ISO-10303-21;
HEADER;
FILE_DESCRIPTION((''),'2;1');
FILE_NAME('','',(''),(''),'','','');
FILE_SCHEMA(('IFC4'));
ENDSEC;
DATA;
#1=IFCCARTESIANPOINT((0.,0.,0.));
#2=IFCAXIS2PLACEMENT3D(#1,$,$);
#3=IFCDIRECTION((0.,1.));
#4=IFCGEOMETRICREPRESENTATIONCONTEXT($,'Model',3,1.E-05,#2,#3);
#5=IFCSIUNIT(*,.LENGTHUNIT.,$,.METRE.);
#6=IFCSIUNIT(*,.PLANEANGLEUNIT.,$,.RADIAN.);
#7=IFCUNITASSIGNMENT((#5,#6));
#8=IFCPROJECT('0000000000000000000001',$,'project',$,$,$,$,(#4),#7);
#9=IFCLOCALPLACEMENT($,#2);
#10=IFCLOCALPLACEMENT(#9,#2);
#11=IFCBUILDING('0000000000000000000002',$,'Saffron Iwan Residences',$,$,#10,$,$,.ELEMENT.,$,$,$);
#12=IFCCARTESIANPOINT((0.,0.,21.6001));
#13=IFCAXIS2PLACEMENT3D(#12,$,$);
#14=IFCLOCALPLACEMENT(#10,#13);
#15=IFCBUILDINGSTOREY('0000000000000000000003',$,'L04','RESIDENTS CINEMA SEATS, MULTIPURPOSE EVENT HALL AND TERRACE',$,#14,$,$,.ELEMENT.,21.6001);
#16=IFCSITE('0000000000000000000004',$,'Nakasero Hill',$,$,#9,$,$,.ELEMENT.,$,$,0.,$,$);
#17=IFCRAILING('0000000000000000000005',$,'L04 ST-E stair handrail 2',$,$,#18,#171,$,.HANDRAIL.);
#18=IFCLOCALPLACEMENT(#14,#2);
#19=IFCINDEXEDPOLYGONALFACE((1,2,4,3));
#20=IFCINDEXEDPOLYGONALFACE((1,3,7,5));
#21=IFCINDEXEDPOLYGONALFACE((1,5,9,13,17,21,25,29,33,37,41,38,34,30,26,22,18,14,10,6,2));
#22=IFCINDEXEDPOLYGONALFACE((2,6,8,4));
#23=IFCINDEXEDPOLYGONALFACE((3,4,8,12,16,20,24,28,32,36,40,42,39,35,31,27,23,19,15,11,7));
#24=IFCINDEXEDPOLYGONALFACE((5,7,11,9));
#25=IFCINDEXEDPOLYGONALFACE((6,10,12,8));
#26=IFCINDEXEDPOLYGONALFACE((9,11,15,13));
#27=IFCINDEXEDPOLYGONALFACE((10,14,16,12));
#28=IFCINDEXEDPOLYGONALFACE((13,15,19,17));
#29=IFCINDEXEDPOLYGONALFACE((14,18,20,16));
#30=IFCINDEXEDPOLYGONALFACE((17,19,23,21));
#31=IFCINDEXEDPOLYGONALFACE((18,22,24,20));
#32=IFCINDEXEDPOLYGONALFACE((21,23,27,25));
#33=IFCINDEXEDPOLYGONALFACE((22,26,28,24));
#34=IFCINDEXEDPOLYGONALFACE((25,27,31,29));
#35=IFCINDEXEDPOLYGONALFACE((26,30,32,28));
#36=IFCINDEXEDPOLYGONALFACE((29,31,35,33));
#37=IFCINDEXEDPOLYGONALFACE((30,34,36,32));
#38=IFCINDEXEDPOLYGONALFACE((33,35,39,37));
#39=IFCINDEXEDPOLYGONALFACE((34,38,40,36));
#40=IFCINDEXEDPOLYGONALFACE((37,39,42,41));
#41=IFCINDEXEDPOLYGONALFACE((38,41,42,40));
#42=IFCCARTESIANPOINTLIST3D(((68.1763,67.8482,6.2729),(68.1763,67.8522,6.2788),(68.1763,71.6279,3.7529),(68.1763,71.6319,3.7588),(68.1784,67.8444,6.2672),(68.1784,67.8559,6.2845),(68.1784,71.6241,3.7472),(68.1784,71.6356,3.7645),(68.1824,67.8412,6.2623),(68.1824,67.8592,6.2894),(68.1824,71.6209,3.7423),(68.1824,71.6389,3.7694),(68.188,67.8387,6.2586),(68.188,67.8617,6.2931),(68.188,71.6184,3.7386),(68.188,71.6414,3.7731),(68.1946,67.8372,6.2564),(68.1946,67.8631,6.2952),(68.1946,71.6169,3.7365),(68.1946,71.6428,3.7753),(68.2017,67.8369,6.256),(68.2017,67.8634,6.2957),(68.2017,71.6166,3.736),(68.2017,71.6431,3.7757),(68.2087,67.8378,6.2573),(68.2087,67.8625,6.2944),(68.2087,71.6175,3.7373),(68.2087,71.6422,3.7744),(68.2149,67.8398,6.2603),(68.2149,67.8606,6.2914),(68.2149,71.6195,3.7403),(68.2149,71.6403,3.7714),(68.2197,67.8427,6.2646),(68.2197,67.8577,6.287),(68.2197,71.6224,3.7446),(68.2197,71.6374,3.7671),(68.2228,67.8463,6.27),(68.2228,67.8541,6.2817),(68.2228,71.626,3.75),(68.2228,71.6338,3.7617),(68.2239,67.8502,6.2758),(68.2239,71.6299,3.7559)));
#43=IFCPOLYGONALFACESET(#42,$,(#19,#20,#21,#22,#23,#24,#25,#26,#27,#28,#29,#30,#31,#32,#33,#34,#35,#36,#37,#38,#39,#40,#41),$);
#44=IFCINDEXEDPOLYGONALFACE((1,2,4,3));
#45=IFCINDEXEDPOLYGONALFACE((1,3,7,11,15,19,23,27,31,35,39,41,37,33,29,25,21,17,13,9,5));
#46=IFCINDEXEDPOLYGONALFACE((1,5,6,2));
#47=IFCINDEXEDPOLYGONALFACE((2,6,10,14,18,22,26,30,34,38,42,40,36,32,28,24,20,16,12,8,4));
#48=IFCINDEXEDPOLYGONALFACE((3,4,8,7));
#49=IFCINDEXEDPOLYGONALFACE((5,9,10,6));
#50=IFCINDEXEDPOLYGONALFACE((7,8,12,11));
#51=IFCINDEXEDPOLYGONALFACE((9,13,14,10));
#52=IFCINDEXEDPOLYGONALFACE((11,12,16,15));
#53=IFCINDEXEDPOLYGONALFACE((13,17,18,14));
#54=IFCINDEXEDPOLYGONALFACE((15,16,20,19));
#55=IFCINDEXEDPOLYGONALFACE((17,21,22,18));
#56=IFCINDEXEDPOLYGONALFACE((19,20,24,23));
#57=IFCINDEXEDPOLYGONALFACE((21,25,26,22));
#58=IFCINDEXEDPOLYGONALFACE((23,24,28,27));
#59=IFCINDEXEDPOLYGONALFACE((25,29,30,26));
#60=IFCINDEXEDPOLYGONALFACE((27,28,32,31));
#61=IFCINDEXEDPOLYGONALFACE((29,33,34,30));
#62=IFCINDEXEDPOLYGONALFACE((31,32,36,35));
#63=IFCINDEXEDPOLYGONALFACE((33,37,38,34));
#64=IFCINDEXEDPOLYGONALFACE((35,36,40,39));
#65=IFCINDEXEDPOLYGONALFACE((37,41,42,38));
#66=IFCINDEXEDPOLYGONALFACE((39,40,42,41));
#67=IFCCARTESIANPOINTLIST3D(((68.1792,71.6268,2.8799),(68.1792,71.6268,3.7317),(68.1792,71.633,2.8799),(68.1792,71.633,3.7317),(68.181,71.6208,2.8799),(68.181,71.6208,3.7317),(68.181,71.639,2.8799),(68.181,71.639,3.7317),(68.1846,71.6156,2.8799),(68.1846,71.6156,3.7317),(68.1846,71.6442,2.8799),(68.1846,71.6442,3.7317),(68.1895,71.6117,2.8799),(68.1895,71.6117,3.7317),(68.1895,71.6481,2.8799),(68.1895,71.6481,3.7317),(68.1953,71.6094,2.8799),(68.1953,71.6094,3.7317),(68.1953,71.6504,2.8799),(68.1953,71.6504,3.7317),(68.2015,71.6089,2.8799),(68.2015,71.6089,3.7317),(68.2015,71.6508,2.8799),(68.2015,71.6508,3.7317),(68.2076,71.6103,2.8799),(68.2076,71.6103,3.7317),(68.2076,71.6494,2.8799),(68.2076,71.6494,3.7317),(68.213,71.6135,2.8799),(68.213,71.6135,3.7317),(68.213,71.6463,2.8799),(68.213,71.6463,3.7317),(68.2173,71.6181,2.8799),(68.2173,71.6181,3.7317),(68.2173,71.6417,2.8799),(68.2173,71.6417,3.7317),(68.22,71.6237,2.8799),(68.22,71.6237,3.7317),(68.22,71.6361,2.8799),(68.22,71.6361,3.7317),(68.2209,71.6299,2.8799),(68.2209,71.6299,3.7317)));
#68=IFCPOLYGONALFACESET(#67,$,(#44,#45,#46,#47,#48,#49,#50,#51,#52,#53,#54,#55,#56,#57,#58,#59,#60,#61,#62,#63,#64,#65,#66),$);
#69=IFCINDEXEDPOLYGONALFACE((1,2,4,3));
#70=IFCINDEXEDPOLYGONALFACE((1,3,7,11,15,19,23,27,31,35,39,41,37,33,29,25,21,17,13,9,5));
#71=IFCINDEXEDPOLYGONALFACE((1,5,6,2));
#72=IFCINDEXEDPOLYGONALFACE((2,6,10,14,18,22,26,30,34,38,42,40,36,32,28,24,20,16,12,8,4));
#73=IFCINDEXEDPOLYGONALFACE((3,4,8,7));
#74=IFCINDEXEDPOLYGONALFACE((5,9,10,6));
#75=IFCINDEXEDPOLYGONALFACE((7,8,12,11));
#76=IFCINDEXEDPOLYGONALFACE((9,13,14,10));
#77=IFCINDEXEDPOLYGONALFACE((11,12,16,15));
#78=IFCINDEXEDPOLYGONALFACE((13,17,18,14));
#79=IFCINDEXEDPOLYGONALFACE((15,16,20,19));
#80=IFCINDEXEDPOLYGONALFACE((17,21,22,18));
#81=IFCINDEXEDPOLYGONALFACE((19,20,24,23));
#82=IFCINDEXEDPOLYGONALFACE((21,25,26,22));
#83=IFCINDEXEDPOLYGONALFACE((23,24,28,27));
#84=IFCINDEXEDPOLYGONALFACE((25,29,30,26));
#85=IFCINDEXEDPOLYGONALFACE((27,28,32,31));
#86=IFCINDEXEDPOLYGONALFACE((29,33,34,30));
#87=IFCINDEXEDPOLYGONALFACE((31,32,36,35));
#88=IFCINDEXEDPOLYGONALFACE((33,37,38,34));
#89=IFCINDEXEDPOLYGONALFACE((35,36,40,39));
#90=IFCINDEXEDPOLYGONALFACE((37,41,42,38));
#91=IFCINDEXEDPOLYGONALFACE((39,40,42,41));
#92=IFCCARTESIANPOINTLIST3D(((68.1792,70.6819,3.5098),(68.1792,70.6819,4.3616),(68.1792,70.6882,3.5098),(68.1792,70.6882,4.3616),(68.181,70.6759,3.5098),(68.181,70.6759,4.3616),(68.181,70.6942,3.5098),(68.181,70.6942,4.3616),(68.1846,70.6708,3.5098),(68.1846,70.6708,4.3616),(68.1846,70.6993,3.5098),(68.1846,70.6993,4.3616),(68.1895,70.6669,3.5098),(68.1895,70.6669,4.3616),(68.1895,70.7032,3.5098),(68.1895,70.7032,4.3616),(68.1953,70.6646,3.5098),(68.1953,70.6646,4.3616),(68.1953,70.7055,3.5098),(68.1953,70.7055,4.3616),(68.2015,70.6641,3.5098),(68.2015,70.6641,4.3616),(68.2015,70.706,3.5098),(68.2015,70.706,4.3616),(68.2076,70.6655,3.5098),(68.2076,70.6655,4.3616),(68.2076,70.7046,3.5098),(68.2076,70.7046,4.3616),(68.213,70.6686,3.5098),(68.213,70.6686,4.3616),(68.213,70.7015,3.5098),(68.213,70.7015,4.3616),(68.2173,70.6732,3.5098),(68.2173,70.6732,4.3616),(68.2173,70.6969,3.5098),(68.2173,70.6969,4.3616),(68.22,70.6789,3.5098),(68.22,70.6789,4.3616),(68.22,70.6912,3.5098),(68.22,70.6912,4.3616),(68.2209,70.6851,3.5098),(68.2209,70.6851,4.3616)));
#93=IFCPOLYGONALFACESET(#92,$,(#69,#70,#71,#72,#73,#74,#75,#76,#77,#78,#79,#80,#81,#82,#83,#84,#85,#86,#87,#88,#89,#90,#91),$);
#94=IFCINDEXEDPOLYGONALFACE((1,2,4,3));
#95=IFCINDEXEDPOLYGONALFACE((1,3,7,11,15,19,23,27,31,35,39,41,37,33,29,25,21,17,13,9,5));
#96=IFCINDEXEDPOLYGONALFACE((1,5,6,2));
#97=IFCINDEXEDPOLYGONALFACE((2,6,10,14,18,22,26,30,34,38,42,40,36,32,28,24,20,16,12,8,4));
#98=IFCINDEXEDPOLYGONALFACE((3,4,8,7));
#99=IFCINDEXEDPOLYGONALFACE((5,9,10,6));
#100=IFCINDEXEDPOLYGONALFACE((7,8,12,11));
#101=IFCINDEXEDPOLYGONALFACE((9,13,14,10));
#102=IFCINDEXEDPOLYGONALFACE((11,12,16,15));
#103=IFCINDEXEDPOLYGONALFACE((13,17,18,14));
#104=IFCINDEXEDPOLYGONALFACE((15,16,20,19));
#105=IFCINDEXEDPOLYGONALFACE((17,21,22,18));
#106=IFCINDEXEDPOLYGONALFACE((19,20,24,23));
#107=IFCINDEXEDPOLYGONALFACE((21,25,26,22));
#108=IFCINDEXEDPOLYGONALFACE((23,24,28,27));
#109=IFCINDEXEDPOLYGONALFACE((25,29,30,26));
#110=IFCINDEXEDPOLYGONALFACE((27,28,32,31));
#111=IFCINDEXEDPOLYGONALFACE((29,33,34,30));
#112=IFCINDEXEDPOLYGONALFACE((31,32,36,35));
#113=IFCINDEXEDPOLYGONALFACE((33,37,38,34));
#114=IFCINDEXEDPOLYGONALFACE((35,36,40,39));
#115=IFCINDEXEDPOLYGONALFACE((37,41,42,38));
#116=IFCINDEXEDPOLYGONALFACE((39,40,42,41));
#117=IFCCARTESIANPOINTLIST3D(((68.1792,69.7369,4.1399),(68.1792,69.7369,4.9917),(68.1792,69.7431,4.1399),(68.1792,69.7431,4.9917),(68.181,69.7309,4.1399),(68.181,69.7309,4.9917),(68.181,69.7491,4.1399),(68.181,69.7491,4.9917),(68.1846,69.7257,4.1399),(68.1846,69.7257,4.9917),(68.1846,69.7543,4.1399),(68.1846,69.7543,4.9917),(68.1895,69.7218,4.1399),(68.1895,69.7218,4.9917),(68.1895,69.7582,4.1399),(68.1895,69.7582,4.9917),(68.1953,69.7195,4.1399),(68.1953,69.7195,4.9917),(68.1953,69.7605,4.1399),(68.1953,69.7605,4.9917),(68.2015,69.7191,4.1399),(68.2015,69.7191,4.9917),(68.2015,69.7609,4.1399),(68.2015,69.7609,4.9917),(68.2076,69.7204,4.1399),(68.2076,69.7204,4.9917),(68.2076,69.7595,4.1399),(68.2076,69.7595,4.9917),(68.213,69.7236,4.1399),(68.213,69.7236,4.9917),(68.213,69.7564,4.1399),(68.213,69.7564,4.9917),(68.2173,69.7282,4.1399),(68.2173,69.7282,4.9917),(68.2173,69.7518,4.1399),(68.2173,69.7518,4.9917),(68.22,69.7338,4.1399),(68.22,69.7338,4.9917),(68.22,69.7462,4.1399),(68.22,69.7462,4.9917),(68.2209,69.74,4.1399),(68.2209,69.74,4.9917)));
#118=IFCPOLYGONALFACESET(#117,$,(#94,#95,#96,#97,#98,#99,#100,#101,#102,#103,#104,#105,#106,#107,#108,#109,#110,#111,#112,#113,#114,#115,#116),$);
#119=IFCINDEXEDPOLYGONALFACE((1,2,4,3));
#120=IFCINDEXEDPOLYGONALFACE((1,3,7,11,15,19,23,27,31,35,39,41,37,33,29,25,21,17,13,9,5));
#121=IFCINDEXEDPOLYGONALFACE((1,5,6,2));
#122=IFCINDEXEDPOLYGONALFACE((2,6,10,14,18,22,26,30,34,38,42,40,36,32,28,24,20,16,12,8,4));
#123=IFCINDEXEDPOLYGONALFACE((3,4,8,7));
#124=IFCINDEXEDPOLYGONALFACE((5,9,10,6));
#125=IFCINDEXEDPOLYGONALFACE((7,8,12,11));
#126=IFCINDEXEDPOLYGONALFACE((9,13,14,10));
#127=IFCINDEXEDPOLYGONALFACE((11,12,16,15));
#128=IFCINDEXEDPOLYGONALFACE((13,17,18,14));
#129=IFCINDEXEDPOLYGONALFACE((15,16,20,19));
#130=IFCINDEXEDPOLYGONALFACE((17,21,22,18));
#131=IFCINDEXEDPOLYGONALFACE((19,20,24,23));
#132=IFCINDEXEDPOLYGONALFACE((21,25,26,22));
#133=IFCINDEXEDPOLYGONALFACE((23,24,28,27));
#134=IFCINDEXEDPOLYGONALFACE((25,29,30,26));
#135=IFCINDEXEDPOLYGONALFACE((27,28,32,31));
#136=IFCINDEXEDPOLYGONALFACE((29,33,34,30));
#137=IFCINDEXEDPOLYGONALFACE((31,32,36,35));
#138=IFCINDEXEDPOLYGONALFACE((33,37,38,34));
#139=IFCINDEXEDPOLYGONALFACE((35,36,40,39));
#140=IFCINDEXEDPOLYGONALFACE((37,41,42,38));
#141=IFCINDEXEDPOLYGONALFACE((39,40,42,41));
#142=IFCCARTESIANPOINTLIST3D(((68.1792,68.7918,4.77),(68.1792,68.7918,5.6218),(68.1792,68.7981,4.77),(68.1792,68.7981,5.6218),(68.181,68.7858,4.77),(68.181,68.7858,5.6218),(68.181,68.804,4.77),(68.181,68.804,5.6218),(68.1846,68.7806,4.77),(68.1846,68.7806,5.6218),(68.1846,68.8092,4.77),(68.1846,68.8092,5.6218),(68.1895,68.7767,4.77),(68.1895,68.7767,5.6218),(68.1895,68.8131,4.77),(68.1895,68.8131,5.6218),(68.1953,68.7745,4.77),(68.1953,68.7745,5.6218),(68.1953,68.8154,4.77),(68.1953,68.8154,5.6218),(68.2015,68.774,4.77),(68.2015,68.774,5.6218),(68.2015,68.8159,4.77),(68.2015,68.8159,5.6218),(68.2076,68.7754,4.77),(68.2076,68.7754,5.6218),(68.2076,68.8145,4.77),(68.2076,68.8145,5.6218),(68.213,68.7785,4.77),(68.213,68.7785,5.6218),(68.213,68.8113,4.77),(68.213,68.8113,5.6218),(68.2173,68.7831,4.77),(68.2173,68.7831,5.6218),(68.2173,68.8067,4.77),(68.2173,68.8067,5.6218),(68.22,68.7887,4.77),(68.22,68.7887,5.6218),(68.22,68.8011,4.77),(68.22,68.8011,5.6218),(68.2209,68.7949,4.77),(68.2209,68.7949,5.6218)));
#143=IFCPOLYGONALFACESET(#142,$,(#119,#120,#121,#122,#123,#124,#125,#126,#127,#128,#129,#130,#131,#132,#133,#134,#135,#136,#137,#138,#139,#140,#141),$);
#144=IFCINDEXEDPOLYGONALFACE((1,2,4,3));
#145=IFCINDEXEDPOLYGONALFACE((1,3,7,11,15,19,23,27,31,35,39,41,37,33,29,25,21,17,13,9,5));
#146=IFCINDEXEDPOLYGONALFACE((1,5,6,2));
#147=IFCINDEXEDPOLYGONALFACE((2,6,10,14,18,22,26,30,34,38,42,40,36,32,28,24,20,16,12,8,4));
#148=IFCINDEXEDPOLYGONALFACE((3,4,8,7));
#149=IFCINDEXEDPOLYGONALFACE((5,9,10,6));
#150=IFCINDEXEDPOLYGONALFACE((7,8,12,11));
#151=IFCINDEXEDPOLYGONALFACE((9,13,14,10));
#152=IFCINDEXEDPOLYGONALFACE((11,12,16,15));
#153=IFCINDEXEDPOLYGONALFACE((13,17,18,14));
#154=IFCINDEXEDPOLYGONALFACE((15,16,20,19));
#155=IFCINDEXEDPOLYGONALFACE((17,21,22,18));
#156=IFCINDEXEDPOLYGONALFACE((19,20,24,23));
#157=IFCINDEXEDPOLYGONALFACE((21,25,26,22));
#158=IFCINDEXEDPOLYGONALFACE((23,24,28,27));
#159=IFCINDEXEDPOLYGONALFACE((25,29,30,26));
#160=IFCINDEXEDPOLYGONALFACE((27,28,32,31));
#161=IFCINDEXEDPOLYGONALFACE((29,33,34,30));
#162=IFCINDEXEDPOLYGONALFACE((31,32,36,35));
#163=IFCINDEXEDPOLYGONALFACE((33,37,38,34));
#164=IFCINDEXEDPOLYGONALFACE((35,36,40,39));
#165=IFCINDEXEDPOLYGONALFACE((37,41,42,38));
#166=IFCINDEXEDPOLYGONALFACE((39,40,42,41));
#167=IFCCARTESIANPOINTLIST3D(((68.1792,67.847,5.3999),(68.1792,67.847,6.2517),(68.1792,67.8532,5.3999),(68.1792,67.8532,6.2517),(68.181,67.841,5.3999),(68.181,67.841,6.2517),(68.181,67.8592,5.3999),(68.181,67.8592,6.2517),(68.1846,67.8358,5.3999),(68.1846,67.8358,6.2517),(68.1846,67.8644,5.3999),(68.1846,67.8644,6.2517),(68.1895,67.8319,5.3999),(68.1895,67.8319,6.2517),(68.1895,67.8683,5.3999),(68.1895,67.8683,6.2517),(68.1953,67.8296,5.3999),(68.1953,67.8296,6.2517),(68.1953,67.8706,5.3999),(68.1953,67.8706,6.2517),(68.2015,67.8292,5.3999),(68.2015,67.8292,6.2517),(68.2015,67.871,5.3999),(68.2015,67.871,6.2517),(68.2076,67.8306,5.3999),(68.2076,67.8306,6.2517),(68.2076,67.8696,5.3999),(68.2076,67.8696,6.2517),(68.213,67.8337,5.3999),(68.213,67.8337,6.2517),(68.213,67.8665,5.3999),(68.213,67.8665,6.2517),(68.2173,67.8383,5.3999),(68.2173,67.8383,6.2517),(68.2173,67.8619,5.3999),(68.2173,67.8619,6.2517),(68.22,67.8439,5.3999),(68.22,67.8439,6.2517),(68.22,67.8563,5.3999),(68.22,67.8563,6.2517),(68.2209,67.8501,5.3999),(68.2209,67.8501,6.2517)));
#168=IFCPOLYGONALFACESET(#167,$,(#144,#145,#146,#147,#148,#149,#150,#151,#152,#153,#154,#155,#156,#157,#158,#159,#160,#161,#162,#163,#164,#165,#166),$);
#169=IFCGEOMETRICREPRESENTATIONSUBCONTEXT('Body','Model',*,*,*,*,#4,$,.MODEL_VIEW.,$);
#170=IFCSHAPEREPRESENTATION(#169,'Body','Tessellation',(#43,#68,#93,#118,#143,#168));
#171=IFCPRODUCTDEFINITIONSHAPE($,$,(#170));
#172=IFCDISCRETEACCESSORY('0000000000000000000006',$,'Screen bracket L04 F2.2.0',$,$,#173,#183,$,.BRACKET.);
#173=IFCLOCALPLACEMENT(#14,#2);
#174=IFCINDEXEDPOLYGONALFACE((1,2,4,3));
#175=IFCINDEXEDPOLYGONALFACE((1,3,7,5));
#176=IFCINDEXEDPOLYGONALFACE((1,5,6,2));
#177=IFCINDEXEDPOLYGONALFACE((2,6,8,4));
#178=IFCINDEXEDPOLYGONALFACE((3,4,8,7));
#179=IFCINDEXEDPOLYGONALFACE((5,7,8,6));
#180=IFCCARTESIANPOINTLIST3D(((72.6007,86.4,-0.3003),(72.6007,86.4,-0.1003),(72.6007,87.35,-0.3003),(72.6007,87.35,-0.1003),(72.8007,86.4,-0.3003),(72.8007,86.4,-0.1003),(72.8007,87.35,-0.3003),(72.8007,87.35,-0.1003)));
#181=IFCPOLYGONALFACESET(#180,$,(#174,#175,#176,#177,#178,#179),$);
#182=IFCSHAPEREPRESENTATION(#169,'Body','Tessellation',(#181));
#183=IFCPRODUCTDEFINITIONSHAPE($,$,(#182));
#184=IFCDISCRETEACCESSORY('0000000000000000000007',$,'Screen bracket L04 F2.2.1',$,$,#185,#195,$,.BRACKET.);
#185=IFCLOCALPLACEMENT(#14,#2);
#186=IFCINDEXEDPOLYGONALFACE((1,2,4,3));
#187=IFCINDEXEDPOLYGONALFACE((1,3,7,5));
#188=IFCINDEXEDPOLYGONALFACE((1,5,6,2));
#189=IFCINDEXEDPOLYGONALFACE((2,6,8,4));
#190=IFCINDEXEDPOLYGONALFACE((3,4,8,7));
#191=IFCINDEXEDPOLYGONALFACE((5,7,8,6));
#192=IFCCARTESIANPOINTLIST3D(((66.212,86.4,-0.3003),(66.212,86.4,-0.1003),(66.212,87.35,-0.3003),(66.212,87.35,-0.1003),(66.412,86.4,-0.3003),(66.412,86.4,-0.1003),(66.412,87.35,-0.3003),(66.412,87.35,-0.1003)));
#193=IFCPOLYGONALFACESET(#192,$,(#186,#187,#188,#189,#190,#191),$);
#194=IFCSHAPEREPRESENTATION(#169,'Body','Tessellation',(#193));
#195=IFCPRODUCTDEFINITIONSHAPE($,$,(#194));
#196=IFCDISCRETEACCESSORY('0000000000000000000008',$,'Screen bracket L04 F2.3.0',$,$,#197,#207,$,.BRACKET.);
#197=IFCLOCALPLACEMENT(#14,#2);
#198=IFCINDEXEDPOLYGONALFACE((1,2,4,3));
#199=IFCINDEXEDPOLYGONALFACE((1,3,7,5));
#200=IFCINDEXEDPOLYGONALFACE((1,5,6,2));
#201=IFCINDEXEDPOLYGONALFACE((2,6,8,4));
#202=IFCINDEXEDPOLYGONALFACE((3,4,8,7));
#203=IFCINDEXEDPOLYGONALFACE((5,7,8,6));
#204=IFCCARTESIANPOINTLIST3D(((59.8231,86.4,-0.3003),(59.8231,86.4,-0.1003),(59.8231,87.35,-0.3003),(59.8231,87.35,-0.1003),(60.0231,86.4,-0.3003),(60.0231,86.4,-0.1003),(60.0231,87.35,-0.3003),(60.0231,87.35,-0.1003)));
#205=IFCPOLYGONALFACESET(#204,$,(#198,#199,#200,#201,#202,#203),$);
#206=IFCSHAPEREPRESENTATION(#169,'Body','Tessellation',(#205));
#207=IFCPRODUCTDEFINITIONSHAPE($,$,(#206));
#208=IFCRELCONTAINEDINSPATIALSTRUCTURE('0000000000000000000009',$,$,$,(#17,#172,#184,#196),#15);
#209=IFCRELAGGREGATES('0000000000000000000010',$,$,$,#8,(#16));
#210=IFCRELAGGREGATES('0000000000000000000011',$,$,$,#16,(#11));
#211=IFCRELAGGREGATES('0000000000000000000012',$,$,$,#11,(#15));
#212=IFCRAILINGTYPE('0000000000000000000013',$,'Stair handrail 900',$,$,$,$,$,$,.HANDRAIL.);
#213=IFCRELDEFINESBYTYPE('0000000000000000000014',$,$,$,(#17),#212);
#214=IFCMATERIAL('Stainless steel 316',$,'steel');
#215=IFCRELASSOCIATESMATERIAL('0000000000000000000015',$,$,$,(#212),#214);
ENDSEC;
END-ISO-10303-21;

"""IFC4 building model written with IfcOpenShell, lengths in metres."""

from ifc_helpers import new_model, si_unit, direction, frame, origin, origin_2d, place, context, subcontext, project, spatial, rectangle, circle, extrude, source, transform, mapped, material, type_object, element, save


model = new_model("IFC4")

# Units and contexts
model_context = context("Model", 3, precision=1e-05, world=origin(), true_north=direction((0.0, 1.0)))
body_context = subcontext(model_context, "Body", "Model", "MODEL_VIEW")
ifc_project = project(units=[si_unit("LENGTHUNIT", "METRE"), si_unit("PLANEANGLEUNIT", "RADIAN")], contexts=[model_context])

# Site, building, storey
site_placement = place(None, origin())
site = spatial("IfcSite", under=ifc_project, at=site_placement, Name="Nakasero Hill", CompositionType="ELEMENT", RefElevation=0.0)
building_placement = place(site_placement, origin())
building = spatial("IfcBuilding", under=site, at=building_placement, Name="Saffron Iwan Residences", CompositionType="ELEMENT")
storey_placement = place(building_placement, frame((0.0, 0.0, 21.6001)))
storey = spatial("IfcBuildingStorey", under=building, at=storey_placement, Name="L04", Description="RESIDENTS CINEMA SEATS, MULTIPURPOSE EVENT HALL AND TERRACE", CompositionType="ELEMENT", Elevation=21.6001)

# Railing
ifc_material_1 = material(Name="Stainless steel 316", Category="steel")
railing_type_1 = type_object("IfcRailingType", Name="Stair handrail 900", PredefinedType="HANDRAIL", material=ifc_material_1)
railing_1_placement = place(storey_placement, frame((68.2, 71.6299, 2.8799)))
element("IfcRailing", 1, at=railing_1_placement, inside=storey, type_object=railing_type_1, Name="L04 ST-E stair handrail 2", PredefinedType="HANDRAIL", context=body_context, shape_type="SweptSolid", body=[
    extrude(circle(Radius=0.0239, at=origin_2d()), frame((0.0, 0.0, 0.876), z_axis=(0.0, -0.832034, 0.554725), x_axis=(1.0, 0.0, 0.0)), (0.0, 0.0, 1.0), 4.5427),
    extrude(circle(Radius=0.021, at=origin_2d()), origin(), (0.0, 0.0, 1.0), 0.8518),
    extrude(circle(Radius=0.021, at=origin_2d()), frame((0.0, -0.9448, 0.6299)), (0.0, 0.0, 1.0), 0.8518),
    extrude(circle(Radius=0.021, at=origin_2d()), frame((0.0, -1.8899, 1.26)), (0.0, 0.0, 1.0), 0.8518),
    extrude(circle(Radius=0.021, at=origin_2d()), frame((0.0, -2.835, 1.8901)), (0.0, 0.0, 1.0), 0.8518),
    extrude(circle(Radius=0.021, at=origin_2d()), frame((0.0, -3.7798, 2.52)), (0.0, 0.0, 1.0), 0.8518),
])

# Discrete accessories
shared_shape_1 = source(origin(), body_context, "Body", "SweptSolid", [
    extrude(rectangle(XDim=0.95, YDim=0.2, at=origin_2d()), origin(), (0.0, 0.0, 1.0), 0.2),
])
for number, where, z_axis, x_axis, name in (
    (2, (72.7007, 86.875, -0.3003), (0.0, 0.0, 1.0), (0.0, 1.0, 0.0), "Screen bracket L04 F2.2.0"),
    (3, (66.312, 86.875, -0.3003), (0.0, 0.0, 1.0), (0.0, 1.0, 0.0), "Screen bracket L04 F2.2.1"),
    (4, (59.9231, 86.875, -0.3003), (0.0, 0.0, 1.0), (0.0, 1.0, 0.0), "Screen bracket L04 F2.3.0"),
):
    element("IfcDiscreteAccessory", number, at=place(storey_placement, frame(where, z_axis=z_axis, x_axis=x_axis)), inside=storey, Name=name, PredefinedType="BRACKET", context=body_context, shape_type="MappedRepresentation", body=[
        mapped(shared_shape_1, transform((0.0, 0.0, 0.0))),
    ])

save(model, "model.ifc")
